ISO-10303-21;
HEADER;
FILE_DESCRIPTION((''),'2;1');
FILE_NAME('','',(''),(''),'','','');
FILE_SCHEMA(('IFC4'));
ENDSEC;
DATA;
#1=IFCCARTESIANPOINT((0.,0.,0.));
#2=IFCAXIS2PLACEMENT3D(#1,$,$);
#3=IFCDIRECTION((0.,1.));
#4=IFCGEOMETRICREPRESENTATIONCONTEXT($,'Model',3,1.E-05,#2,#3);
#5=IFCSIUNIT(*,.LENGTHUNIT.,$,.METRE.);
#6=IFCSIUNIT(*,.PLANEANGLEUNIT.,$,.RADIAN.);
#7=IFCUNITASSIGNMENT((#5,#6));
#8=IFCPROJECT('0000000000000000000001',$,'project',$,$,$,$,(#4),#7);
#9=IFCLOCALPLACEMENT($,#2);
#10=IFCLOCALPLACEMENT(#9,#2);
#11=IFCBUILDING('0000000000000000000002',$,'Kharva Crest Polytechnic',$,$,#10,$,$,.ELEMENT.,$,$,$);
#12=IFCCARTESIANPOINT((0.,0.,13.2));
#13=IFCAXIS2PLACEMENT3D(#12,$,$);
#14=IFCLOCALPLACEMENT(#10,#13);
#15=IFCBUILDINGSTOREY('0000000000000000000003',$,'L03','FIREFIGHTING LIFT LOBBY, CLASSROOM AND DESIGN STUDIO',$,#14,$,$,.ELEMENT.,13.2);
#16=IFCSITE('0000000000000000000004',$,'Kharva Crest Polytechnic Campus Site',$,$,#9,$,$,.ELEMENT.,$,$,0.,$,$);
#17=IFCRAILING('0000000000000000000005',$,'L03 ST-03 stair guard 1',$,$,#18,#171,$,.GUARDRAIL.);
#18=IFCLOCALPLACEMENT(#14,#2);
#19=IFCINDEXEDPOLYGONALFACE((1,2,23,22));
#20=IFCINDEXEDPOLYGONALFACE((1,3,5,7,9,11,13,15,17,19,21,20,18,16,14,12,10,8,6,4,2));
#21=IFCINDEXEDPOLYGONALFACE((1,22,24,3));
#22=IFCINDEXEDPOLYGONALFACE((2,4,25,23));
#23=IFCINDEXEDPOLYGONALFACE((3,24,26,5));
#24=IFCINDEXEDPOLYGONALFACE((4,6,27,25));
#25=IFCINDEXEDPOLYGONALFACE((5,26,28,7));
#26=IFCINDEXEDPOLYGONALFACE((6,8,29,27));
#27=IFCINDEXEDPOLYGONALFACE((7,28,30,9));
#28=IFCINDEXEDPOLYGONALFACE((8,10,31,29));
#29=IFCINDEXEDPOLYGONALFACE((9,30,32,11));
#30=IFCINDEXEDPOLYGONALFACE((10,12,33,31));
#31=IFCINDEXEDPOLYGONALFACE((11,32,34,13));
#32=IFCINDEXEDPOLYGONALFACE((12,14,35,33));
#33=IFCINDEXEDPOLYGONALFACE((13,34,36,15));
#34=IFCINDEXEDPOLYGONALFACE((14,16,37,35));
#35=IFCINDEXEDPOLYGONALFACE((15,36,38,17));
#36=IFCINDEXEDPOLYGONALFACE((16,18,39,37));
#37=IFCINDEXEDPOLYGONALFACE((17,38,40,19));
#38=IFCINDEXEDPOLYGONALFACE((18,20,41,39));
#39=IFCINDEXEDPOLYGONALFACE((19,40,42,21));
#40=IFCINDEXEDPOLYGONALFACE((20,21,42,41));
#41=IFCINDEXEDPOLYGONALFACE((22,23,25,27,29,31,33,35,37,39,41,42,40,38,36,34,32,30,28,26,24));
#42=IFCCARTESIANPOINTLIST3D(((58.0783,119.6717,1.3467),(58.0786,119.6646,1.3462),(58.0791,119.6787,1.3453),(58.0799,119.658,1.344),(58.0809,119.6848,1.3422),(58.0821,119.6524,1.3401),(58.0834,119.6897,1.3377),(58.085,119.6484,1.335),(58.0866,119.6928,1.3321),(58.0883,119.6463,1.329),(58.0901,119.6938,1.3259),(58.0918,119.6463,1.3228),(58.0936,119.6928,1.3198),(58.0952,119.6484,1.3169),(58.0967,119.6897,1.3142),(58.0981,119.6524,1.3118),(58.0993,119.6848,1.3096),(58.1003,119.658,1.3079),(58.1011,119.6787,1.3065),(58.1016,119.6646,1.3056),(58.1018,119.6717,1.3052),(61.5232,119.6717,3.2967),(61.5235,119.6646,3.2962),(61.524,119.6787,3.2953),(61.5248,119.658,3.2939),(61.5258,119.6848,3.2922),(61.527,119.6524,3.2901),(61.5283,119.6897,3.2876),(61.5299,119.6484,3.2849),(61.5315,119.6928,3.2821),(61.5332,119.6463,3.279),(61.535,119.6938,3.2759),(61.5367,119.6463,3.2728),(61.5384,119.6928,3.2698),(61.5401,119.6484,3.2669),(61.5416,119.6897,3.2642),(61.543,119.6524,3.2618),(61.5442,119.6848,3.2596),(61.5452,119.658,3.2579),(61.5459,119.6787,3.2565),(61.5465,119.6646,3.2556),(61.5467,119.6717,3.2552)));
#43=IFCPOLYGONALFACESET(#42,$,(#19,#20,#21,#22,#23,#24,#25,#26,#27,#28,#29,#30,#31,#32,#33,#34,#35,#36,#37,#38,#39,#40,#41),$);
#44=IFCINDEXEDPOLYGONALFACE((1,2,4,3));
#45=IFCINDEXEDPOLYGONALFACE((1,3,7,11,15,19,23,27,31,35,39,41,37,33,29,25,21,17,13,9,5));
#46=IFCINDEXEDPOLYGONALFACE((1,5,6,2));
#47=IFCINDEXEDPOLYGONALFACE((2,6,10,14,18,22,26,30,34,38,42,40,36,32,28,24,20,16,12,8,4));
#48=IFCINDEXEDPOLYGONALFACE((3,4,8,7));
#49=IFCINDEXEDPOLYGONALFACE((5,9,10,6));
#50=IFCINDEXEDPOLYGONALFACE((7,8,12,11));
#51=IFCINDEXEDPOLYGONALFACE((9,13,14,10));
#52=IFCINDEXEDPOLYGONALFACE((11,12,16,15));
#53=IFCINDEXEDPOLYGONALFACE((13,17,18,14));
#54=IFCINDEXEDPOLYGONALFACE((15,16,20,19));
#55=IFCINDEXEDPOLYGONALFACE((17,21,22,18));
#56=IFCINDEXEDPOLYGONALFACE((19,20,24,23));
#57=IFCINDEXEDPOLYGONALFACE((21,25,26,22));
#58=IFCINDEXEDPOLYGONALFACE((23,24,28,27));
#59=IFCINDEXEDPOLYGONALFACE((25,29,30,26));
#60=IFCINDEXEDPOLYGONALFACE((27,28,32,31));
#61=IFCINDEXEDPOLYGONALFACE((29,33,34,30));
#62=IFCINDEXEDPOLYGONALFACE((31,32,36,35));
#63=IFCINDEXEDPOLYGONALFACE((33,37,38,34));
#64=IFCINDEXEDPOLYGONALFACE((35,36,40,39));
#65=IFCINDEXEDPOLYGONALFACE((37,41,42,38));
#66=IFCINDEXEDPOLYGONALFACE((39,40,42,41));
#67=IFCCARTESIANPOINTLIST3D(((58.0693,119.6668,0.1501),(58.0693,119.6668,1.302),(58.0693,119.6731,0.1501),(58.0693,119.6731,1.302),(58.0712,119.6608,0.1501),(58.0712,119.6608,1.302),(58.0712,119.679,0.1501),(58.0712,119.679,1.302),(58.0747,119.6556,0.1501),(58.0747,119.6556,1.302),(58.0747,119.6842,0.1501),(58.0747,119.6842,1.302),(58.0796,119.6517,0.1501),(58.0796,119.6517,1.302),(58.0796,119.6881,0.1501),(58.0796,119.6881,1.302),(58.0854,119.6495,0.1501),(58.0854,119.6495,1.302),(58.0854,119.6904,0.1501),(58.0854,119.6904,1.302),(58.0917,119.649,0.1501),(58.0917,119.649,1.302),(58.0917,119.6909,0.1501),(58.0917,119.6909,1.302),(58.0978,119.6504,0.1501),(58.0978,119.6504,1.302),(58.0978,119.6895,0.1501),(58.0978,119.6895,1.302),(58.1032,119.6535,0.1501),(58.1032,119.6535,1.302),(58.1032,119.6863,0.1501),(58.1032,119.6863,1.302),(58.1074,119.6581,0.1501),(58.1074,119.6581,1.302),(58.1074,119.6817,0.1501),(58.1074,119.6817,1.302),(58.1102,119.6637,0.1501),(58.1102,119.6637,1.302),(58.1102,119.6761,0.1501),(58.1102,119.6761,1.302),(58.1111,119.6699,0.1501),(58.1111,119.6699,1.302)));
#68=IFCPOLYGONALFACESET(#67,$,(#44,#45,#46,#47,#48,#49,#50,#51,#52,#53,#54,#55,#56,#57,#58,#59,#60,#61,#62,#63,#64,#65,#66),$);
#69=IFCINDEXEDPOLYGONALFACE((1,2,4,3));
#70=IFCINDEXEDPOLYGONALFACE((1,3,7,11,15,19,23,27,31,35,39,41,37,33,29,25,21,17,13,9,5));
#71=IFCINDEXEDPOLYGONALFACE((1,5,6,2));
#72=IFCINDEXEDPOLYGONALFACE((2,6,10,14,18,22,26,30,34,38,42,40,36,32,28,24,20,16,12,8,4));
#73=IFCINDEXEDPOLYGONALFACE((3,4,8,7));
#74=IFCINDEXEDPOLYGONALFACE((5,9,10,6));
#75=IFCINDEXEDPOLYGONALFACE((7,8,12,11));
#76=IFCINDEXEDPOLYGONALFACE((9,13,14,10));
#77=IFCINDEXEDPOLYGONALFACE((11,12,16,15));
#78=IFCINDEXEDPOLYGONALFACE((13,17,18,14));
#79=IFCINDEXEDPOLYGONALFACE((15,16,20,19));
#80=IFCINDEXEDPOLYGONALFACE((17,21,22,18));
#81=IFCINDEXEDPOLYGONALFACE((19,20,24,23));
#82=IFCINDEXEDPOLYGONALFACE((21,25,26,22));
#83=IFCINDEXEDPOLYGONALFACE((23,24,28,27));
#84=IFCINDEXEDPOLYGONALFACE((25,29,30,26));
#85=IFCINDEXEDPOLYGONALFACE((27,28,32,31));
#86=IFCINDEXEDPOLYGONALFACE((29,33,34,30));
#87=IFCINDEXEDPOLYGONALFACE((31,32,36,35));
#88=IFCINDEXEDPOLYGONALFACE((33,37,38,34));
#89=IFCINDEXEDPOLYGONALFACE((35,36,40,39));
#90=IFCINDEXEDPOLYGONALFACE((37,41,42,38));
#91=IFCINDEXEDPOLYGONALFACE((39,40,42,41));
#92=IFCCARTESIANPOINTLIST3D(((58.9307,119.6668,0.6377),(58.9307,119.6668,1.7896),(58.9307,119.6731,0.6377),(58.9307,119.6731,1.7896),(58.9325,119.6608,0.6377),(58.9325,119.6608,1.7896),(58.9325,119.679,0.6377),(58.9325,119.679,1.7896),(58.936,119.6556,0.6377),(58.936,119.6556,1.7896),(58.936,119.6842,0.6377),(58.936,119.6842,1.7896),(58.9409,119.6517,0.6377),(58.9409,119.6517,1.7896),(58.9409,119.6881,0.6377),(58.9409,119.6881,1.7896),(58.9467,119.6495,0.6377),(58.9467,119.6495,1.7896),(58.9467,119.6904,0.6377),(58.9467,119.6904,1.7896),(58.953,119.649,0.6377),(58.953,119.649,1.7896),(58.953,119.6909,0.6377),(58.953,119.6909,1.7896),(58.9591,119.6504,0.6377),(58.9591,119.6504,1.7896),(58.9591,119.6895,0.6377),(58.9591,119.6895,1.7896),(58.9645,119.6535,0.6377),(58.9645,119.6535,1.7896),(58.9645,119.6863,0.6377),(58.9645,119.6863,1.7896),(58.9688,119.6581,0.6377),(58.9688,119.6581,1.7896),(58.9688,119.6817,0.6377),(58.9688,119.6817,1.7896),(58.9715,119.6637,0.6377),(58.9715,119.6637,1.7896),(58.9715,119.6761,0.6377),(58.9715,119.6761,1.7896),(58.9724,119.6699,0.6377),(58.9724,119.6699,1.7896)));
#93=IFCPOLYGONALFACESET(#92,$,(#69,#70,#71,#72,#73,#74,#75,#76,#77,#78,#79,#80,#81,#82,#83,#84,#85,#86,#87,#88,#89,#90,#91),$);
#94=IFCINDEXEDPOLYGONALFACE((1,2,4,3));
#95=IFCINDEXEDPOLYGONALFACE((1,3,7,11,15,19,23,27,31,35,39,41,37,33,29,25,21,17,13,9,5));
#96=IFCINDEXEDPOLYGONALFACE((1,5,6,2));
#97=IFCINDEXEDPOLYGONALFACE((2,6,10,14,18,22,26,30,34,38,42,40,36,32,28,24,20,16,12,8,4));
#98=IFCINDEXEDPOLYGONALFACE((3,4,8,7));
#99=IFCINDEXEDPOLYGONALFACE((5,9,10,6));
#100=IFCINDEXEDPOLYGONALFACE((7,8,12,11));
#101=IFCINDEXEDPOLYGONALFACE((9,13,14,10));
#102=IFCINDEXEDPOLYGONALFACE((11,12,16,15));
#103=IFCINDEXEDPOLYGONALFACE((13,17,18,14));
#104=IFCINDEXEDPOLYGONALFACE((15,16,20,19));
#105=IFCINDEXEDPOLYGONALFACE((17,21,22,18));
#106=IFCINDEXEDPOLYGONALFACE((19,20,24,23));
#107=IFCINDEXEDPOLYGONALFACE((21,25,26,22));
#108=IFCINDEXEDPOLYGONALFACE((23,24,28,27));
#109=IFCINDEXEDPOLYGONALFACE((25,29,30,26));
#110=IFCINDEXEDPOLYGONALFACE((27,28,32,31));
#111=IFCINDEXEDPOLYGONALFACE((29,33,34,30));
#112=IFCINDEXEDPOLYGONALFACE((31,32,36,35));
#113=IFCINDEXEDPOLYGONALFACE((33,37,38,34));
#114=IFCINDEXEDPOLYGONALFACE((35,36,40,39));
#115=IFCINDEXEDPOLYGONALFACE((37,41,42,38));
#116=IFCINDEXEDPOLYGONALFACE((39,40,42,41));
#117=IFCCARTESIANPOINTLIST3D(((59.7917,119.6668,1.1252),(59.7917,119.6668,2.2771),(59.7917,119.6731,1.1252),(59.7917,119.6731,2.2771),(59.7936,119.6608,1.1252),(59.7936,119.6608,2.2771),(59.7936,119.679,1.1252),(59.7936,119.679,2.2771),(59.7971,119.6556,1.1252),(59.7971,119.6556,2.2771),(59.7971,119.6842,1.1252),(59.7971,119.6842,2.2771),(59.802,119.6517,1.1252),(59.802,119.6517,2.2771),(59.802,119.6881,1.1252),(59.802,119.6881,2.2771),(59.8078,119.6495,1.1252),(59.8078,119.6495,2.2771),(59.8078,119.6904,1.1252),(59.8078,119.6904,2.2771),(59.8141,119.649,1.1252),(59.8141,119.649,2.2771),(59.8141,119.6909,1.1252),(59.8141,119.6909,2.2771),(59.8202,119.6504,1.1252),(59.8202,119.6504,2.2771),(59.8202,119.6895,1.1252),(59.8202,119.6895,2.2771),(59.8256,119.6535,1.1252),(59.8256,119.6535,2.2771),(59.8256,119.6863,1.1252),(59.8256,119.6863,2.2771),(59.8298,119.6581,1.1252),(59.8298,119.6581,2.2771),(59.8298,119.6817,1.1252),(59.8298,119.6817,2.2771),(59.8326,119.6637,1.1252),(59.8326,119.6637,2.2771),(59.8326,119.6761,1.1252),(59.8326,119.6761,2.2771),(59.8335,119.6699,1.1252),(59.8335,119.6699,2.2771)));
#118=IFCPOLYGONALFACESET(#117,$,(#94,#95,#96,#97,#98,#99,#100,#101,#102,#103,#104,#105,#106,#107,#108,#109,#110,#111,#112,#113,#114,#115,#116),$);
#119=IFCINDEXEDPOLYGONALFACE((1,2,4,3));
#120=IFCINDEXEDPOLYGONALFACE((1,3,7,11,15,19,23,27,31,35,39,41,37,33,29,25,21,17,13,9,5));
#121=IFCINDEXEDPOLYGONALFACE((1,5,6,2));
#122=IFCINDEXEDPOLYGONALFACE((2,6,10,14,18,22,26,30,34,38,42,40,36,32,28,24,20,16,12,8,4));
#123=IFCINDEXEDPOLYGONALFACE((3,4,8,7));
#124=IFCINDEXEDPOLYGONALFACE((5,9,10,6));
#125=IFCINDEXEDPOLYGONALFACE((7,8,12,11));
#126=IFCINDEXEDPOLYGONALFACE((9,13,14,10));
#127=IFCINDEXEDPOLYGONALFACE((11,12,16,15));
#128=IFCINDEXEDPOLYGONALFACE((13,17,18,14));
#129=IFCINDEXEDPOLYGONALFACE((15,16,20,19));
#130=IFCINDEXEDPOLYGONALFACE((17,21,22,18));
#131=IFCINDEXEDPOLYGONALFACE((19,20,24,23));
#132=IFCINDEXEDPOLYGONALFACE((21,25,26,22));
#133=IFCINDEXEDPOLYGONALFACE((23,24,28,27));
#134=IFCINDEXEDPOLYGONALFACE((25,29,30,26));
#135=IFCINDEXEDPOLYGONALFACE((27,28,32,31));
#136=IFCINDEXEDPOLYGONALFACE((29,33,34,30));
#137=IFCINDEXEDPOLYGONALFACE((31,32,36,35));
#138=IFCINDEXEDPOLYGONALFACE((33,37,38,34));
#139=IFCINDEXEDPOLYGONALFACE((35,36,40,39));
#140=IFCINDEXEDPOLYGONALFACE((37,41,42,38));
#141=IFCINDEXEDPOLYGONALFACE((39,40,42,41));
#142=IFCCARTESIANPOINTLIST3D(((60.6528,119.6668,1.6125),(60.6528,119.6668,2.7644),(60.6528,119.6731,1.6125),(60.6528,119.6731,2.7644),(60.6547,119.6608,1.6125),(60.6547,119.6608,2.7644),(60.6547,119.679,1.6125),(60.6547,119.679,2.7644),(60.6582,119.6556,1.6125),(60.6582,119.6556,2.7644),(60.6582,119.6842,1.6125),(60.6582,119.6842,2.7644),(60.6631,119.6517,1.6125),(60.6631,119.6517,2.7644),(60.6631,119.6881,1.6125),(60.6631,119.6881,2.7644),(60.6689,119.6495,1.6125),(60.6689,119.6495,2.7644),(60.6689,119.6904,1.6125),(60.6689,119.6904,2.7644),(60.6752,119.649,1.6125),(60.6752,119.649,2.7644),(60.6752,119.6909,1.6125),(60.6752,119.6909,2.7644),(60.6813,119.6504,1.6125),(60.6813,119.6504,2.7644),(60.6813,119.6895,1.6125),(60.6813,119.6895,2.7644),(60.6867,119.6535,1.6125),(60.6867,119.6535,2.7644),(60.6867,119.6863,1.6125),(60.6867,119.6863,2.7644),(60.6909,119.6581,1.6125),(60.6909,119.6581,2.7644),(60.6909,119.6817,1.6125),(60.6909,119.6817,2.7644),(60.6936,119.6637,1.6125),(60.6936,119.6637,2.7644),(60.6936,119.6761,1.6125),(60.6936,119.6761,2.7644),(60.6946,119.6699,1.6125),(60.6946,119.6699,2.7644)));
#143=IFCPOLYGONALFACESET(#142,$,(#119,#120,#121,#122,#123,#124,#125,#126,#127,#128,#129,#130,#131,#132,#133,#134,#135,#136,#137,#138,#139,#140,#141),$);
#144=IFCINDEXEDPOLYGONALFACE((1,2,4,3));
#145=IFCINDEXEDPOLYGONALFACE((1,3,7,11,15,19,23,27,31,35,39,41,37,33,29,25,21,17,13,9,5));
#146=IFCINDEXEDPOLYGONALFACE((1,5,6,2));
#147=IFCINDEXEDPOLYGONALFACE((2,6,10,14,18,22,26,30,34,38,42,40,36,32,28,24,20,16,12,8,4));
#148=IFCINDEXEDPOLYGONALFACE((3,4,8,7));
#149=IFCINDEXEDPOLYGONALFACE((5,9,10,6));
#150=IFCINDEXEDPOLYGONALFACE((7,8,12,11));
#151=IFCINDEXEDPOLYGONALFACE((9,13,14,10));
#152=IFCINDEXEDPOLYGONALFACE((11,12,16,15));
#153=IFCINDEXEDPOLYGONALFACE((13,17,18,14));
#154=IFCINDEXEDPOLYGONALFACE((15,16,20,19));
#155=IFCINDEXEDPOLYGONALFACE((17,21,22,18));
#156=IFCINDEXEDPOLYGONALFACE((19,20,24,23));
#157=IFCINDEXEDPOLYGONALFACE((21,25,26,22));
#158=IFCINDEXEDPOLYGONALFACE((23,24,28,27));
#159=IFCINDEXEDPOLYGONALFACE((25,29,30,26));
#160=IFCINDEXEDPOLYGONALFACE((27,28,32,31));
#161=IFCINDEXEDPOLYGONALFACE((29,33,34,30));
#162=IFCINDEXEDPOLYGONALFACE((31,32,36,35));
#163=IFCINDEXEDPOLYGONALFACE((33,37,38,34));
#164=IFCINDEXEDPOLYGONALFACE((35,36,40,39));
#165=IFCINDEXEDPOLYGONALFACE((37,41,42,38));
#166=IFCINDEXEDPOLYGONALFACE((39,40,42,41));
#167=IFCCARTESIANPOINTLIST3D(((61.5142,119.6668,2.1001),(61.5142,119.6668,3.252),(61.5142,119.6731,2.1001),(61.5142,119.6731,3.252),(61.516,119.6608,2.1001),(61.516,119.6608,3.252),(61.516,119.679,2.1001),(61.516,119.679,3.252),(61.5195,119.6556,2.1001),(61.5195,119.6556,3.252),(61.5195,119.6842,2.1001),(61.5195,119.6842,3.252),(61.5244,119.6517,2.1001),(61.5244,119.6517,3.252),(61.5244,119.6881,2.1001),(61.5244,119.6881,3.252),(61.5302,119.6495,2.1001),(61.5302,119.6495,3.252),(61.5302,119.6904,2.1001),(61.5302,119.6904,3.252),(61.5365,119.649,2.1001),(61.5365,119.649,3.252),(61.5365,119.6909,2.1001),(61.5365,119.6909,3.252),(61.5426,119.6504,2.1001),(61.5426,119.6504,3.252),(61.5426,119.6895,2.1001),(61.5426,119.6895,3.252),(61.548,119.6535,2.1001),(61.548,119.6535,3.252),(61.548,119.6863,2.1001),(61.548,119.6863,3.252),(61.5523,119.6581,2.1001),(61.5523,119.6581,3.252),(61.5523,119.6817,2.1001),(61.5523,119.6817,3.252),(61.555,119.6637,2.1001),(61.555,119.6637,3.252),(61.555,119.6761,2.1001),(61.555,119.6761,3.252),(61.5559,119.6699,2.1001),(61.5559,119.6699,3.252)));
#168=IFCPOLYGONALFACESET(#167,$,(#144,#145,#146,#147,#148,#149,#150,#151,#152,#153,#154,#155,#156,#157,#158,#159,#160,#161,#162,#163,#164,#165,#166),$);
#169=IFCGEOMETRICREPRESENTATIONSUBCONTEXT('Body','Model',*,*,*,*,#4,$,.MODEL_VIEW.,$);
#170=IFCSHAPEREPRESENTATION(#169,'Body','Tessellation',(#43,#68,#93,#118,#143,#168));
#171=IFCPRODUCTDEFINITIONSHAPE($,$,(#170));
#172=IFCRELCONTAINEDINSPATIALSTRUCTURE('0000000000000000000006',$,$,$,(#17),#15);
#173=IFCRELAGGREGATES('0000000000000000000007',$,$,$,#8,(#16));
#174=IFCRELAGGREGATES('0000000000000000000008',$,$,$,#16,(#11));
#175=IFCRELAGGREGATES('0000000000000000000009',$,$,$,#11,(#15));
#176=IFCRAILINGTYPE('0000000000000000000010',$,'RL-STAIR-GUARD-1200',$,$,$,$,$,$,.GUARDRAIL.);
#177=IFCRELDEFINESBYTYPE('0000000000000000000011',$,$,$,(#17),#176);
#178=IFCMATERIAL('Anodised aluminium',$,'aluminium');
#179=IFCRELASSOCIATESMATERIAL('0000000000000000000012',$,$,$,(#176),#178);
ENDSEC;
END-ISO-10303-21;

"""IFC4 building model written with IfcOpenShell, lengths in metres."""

from ifc_helpers import new_model, si_unit, direction, frame, origin, origin_2d, place, context, subcontext, project, spatial, circle, extrude, material, type_object, element, save


model = new_model("IFC4")

# Units and contexts
model_context = context("Model", 3, precision=1e-05, world=origin(), true_north=direction((0.0, 1.0)))
body_context = subcontext(model_context, "Body", "Model", "MODEL_VIEW")
ifc_project = project(units=[si_unit("LENGTHUNIT", "METRE"), si_unit("PLANEANGLEUNIT", "RADIAN")], contexts=[model_context])

# Site, building, storey
site_placement = place(None, origin())
site = spatial("IfcSite", under=ifc_project, at=site_placement, Name="Kharva Crest Polytechnic Campus Site", CompositionType="ELEMENT", RefElevation=0.0)
building_placement = place(site_placement, origin())
building = spatial("IfcBuilding", under=site, at=building_placement, Name="Kharva Crest Polytechnic", CompositionType="ELEMENT")
storey_placement = place(building_placement, frame((0.0, 0.0, 13.2)))
storey = spatial("IfcBuildingStorey", under=building, at=storey_placement, Name="L03", Description="FIREFIGHTING LIFT LOBBY, CLASSROOM AND DESIGN STUDIO", CompositionType="ELEMENT", Elevation=13.2)

# Shared definitions
ifc_material_1 = material(Name="Anodised aluminium", Category="aluminium")

# Railing
railing_type_1 = type_object("IfcRailingType", Name="RL-STAIR-GUARD-1200", PredefinedType="GUARDRAIL", material=ifc_material_1)
railing_1_placement = place(storey_placement, frame((58.0901, 119.6699, 0.1501)))
element("IfcRailing", 1, at=railing_1_placement, inside=storey, type_object=railing_type_1, Name="L03 ST-03 stair guard 1", PredefinedType="GUARDRAIL", context=body_context, shape_type="SweptSolid", body=[
    extrude(circle(Radius=0.0239, at=origin_2d()), frame((0.0, 0.0, 1.1758), z_axis=(0.870251, 0.0, 0.492608), x_axis=(0.0, 1.0, 0.0)), (0.0, 0.0, 1.0), 3.9585),
    extrude(circle(Radius=0.021, at=origin_2d()), origin(), (0.0, 0.0, 1.0), 1.1519),
    extrude(circle(Radius=0.021, at=origin_2d()), frame((0.8613, 0.0, 0.4875)), (0.0, 0.0, 1.0), 1.1519),
    extrude(circle(Radius=0.021, at=origin_2d()), frame((1.7224, 0.0, 0.9751)), (0.0, 0.0, 1.0), 1.1519),
    extrude(circle(Radius=0.021, at=origin_2d()), frame((2.5835, 0.0, 1.4624)), (0.0, 0.0, 1.0), 1.1519),
    extrude(circle(Radius=0.021, at=origin_2d()), frame((3.4448, 0.0, 1.95)), (0.0, 0.0, 1.0), 1.1519),
])

save(model, "model.ifc")
